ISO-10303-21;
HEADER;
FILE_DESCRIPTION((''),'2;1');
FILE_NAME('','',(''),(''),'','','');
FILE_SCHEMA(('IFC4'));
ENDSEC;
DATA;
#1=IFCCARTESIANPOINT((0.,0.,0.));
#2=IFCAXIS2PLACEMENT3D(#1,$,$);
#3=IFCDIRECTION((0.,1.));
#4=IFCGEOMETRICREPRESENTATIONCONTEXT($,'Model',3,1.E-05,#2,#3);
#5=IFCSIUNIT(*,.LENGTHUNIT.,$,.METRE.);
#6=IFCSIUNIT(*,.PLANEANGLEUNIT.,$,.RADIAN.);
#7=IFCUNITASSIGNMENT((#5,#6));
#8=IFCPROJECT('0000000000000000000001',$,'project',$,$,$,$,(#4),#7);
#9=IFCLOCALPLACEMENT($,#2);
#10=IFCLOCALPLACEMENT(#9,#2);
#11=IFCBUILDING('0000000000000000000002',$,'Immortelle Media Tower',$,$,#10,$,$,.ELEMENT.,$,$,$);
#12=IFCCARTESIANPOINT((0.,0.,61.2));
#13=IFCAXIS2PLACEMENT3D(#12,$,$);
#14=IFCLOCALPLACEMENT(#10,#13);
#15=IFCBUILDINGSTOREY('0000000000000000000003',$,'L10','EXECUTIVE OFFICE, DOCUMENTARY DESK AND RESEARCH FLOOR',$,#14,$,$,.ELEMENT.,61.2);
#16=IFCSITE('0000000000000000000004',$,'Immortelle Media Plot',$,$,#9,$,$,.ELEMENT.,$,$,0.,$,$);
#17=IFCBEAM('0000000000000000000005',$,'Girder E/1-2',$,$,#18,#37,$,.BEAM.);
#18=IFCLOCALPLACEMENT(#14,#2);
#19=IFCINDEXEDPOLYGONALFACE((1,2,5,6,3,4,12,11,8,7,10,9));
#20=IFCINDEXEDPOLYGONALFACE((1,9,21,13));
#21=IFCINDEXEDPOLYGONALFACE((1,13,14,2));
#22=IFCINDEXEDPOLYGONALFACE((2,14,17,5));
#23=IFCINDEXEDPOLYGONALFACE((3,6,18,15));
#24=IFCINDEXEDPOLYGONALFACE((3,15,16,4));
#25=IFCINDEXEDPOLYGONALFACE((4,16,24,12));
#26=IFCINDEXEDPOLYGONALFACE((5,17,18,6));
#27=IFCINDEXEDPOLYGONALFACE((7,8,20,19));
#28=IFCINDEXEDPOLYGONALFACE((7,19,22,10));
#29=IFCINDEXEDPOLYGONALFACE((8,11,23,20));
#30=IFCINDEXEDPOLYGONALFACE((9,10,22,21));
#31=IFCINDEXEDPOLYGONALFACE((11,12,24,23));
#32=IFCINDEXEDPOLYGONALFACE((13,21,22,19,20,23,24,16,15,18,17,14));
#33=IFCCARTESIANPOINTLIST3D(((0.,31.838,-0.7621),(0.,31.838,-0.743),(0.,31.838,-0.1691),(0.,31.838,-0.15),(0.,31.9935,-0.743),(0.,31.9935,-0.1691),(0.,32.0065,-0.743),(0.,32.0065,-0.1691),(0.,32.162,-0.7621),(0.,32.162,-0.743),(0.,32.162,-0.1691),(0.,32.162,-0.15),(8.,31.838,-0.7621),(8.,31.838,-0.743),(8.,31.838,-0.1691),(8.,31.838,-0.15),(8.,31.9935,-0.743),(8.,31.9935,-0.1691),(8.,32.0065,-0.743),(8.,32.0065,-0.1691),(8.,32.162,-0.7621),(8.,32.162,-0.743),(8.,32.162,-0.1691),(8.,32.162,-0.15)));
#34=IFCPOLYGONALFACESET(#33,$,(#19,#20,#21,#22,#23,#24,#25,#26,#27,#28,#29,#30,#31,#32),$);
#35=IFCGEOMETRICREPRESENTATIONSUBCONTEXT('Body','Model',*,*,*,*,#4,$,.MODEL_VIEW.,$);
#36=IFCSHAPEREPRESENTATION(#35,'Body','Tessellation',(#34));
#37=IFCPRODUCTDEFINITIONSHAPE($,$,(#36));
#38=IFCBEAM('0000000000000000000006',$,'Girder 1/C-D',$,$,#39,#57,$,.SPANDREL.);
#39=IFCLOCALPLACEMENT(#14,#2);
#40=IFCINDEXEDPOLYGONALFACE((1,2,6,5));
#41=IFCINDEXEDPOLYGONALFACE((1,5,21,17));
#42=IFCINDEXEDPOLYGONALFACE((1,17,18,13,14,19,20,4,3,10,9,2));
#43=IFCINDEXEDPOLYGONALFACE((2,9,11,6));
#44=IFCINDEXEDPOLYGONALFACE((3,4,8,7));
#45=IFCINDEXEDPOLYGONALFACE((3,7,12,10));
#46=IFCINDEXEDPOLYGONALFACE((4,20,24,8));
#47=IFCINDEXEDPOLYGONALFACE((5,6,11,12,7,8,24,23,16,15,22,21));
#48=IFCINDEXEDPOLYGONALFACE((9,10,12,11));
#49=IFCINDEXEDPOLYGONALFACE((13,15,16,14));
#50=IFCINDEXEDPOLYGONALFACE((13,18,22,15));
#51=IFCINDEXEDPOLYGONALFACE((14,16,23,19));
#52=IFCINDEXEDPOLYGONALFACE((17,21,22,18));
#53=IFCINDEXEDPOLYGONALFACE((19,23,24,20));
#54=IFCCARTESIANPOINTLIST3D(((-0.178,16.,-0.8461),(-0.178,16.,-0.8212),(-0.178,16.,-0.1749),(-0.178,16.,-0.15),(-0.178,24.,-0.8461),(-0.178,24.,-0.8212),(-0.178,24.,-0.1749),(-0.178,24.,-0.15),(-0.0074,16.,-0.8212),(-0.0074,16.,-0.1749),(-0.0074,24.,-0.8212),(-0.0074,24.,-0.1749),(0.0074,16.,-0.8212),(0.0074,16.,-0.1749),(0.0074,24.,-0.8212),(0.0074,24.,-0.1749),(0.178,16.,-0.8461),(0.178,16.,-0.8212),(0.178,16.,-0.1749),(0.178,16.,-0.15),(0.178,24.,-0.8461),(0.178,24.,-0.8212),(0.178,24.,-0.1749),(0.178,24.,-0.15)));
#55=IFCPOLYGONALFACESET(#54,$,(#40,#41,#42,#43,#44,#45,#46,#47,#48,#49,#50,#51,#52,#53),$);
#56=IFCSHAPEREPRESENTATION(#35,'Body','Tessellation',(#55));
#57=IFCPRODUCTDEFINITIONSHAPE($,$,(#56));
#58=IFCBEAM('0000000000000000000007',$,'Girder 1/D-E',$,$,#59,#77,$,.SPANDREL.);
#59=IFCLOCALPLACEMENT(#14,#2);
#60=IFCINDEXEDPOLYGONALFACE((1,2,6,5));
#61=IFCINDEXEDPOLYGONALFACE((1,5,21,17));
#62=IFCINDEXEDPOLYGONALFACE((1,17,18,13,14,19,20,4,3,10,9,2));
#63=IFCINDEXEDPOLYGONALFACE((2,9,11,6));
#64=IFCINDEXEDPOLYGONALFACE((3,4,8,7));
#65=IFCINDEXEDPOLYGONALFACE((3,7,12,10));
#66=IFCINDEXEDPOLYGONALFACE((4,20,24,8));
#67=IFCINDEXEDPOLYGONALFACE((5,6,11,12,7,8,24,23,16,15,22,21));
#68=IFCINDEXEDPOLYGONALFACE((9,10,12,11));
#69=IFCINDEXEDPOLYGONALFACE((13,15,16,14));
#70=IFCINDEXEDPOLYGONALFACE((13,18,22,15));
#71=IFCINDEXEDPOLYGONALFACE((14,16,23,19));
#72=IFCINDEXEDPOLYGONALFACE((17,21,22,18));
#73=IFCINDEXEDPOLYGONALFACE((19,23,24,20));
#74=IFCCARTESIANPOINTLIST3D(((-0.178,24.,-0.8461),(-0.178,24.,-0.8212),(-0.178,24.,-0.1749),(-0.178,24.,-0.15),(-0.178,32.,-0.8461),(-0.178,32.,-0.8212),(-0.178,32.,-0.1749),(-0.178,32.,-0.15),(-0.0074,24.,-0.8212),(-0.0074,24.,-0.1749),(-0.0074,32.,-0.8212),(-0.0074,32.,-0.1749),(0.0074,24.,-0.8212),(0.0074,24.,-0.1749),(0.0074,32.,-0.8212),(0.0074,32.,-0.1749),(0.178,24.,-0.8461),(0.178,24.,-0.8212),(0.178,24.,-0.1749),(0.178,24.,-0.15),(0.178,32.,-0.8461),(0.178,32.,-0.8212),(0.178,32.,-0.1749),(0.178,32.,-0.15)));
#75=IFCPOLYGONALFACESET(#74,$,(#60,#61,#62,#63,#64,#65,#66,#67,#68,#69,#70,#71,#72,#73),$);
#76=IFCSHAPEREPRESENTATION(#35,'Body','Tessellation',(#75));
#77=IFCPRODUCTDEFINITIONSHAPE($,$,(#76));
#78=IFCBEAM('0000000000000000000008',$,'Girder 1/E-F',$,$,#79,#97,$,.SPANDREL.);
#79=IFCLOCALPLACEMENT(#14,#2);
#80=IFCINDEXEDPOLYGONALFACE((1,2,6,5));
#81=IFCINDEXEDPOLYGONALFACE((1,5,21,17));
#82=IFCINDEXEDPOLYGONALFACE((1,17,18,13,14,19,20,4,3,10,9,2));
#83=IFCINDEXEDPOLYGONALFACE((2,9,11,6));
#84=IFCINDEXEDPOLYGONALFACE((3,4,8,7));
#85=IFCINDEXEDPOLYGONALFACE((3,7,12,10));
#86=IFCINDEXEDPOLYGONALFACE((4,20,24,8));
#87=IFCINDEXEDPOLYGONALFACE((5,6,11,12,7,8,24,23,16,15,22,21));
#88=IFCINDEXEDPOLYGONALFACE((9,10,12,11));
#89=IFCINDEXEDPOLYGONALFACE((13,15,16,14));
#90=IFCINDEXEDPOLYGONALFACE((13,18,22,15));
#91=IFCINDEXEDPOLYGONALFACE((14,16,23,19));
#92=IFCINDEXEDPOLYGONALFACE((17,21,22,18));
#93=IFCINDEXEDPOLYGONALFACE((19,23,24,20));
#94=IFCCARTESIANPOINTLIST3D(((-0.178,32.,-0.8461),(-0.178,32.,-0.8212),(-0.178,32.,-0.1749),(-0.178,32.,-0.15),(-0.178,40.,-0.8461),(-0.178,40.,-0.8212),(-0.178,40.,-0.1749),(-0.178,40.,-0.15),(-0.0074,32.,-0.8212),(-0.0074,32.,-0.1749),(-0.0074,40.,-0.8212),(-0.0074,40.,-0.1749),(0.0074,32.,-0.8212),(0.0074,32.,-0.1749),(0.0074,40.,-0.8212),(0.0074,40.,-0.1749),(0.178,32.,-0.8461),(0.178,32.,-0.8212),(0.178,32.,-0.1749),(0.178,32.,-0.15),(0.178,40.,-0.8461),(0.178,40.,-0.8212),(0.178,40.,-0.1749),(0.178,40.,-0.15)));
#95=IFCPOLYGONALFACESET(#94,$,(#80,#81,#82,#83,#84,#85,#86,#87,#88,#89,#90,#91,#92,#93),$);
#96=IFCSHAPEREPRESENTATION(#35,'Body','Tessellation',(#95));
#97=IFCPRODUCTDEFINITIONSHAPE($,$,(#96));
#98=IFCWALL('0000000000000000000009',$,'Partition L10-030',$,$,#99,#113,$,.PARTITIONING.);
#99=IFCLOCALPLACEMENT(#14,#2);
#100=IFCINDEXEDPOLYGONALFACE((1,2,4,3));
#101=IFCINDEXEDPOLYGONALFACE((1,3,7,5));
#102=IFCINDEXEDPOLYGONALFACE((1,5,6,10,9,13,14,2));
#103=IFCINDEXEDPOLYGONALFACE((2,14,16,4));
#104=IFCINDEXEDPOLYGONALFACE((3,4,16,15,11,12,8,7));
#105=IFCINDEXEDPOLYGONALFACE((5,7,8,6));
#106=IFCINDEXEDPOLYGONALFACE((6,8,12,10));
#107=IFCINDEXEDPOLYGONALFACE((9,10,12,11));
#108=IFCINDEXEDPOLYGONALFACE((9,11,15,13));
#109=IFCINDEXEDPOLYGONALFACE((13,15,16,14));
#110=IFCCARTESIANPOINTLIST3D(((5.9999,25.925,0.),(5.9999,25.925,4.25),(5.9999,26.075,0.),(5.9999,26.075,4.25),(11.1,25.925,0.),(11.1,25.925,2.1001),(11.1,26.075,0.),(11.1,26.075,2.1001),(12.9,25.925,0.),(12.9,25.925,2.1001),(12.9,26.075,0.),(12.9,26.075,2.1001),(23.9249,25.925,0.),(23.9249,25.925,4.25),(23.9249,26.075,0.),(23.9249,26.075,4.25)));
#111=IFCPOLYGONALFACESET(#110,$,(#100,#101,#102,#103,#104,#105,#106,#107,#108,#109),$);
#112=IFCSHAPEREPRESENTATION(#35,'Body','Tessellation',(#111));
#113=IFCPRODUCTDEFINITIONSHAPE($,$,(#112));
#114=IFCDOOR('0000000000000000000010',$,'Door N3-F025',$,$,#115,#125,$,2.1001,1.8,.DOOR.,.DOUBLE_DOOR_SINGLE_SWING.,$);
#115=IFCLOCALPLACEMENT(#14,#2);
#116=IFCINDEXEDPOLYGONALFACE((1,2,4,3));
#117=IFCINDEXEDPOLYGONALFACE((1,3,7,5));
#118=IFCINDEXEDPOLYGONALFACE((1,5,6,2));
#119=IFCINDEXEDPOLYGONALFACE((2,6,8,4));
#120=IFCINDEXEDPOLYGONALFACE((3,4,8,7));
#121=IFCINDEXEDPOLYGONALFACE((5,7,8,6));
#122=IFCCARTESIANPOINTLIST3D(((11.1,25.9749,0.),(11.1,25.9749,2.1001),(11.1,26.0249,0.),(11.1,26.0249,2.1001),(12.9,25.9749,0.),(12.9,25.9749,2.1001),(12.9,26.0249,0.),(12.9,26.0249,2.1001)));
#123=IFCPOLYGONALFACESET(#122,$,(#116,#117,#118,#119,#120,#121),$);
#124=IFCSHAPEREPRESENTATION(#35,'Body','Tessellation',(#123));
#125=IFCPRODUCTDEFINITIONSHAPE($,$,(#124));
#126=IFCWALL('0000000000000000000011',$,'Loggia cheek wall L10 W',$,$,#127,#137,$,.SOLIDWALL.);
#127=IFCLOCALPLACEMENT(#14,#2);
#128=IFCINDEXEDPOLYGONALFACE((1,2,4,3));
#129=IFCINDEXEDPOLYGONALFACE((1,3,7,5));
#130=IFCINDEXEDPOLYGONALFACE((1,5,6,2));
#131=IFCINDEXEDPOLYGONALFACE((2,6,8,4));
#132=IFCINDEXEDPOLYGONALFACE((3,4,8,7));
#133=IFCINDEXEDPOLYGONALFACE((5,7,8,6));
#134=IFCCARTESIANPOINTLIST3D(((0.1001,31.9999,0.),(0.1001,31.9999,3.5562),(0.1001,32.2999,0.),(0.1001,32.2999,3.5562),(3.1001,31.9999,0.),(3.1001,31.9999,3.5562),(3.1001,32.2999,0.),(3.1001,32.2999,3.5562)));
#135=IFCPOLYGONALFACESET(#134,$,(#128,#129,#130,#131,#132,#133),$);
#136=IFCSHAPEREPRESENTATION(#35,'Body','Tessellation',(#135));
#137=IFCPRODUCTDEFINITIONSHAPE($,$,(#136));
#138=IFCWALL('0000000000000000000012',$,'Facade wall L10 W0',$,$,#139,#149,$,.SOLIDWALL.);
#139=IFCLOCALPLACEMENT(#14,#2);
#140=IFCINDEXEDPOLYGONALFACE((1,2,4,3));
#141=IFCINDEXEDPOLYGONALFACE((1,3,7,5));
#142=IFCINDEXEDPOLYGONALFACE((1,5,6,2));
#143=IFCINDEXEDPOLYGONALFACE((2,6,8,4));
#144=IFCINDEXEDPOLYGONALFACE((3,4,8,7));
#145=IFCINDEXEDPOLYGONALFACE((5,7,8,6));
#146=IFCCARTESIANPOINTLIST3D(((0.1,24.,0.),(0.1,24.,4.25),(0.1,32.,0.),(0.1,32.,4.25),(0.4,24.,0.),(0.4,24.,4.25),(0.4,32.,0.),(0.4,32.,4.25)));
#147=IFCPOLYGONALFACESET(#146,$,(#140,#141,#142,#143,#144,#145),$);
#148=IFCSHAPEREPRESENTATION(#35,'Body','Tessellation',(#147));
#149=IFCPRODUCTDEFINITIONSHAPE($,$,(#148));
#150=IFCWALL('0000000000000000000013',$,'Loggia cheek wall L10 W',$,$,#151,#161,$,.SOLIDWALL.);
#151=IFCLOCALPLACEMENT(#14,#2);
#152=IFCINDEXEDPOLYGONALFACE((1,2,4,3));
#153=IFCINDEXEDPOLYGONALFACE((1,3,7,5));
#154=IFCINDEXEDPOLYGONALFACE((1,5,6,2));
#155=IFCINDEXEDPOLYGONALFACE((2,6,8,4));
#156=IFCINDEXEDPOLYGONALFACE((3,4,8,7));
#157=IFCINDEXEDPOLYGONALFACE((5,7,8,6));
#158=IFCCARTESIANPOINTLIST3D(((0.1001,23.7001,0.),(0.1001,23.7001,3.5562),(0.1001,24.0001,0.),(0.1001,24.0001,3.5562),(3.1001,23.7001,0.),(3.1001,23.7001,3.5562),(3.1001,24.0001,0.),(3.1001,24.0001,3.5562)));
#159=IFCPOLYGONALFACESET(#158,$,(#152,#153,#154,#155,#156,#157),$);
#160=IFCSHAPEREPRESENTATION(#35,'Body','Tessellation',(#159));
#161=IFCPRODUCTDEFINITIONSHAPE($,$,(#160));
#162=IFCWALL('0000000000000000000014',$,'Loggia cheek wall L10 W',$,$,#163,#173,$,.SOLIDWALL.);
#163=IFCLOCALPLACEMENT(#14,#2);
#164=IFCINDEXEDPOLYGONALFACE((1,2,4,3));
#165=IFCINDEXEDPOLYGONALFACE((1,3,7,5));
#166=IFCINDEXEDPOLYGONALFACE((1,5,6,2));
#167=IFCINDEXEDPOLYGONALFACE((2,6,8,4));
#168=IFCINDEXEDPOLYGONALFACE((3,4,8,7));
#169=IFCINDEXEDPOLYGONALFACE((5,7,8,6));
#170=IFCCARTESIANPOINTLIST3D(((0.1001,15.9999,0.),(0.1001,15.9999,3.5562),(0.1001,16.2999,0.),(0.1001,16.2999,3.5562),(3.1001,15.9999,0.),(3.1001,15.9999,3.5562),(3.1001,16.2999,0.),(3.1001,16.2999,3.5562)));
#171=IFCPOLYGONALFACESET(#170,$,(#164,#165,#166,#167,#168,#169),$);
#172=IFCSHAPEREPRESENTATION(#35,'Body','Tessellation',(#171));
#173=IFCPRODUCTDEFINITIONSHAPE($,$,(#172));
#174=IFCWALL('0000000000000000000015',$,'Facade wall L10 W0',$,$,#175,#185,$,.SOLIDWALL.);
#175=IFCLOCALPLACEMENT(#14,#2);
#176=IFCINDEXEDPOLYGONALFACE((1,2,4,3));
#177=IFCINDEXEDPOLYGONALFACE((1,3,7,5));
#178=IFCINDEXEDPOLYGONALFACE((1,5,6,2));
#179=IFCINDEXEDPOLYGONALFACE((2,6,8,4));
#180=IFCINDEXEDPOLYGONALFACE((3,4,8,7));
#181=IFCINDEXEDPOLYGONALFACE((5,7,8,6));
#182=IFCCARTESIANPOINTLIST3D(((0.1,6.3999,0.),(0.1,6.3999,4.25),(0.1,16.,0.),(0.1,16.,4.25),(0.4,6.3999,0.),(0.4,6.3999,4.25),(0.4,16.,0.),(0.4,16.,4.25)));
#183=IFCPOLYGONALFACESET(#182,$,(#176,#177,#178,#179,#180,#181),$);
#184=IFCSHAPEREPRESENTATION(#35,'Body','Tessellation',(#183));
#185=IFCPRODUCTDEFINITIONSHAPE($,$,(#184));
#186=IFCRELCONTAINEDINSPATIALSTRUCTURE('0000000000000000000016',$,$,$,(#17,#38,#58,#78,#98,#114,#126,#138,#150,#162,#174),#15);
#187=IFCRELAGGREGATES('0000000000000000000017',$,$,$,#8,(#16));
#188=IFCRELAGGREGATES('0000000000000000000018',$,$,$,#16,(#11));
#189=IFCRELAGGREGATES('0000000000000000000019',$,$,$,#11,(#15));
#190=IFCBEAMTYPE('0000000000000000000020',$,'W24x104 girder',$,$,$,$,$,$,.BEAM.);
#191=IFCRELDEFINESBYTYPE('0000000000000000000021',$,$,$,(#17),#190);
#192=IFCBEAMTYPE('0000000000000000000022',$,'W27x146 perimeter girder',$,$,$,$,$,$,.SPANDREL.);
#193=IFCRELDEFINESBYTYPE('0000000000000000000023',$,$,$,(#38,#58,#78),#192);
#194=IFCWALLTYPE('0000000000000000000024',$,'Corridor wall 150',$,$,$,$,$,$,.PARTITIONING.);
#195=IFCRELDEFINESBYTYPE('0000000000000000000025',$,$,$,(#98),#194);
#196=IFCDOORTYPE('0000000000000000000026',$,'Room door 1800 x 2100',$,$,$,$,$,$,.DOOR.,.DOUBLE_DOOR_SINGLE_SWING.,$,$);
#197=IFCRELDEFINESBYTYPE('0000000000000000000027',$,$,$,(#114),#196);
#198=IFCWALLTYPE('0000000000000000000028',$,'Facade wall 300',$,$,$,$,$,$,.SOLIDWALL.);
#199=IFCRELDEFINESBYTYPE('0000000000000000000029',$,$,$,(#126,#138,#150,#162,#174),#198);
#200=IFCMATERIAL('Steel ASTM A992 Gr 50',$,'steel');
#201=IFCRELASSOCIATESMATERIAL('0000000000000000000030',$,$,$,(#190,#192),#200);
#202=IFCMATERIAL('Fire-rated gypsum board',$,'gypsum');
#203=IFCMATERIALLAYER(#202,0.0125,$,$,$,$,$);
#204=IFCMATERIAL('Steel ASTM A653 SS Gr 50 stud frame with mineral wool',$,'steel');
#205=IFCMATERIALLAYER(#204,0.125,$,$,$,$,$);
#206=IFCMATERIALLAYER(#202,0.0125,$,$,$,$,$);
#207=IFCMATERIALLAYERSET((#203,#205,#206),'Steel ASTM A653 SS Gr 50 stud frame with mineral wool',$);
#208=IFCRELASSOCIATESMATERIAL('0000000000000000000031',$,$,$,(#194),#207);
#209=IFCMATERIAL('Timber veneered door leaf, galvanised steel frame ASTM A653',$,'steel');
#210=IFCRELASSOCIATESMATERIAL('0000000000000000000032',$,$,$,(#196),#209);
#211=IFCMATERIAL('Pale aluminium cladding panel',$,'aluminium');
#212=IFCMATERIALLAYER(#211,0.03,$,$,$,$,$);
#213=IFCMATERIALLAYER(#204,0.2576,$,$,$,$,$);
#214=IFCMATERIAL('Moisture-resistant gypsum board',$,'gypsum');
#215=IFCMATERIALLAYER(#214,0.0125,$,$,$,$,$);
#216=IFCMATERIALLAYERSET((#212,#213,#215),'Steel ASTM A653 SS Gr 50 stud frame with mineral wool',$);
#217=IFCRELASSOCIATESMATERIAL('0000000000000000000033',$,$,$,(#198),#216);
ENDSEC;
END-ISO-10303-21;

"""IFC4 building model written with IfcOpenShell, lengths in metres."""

from ifc_helpers import new_model, si_unit, direction, frame, frame_2d, origin, origin_2d, place, context, subcontext, project, spatial, rectangle, i_section, extrude, material, layer, layer_set, material_profile, profile_set, type_object, element, fill, save


model = new_model("IFC4")

# Units and contexts
model_context = context("Model", 3, precision=1e-05, world=origin(), true_north=direction((0.0, 1.0)))
body_context = subcontext(model_context, "Body", "Model", "MODEL_VIEW")
ifc_project = project(units=[si_unit("LENGTHUNIT", "METRE"), si_unit("PLANEANGLEUNIT", "RADIAN")], contexts=[model_context])

# Site, building, storey
site_placement = place(None, origin())
site = spatial("IfcSite", under=ifc_project, at=site_placement, Name="Immortelle Media Plot", CompositionType="ELEMENT", RefElevation=0.0)
building_placement = place(site_placement, origin())
building = spatial("IfcBuilding", under=site, at=building_placement, Name="Immortelle Media Tower", CompositionType="ELEMENT")
storey_placement = place(building_placement, frame((0.0, 0.0, 61.2)))
storey = spatial("IfcBuildingStorey", under=building, at=storey_placement, Name="L10", Description="EXECUTIVE OFFICE, DOCUMENTARY DESK AND RESEARCH FLOOR", CompositionType="ELEMENT", Elevation=61.2)

# Shared definitions
ifc_material_1 = material(Name="Steel ASTM A992 Gr 50", Category="steel")

# Beams
ifc_material_profile_1 = material_profile(ifc_material_1, i_section(OverallWidth=0.324, OverallDepth=0.6121, WebThickness=0.0129, FlangeThickness=0.019, at=origin_2d()), Name="W24x104")
ifc_profile_set_1 = profile_set([ifc_material_profile_1], Name="Steel ASTM A992 Gr 50")
beam_type_1 = type_object("IfcBeamType", Name="W24x104 girder", PredefinedType="BEAM", material=ifc_profile_set_1)
for number, where, z_axis, x_axis, name in (
    (1, (0.0, 32.0, -0.4561), (1.0, 0.0, 0.0), (0.0, 1.0, 0.0), "Girder E/1-2"),
):
    element("IfcBeam", number, at=place(storey_placement, frame(where, z_axis=z_axis, x_axis=x_axis)), inside=storey, type_object=beam_type_1, Name=name, PredefinedType="BEAM", context=body_context, shape_type="SweptSolid", body=[
        extrude(i_section(OverallWidth=0.324, OverallDepth=0.6121, WebThickness=0.0129, FlangeThickness=0.019, at=origin_2d()), origin(), (0.0, 0.0, 1.0), 8.0),
    ])
ifc_material_profile_2 = material_profile(ifc_material_1, i_section(OverallWidth=0.356, OverallDepth=0.696, WebThickness=0.0149, FlangeThickness=0.0249, at=origin_2d()), Name="W27x146")
ifc_profile_set_2 = profile_set([ifc_material_profile_2], Name="Steel ASTM A992 Gr 50")
beam_type_2 = type_object("IfcBeamType", Name="W27x146 perimeter girder", PredefinedType="SPANDREL", material=ifc_profile_set_2)
for number, where, z_axis, x_axis, name in (
    (2, (0.0, 16.0, -0.498), (0.0, 1.0, 0.0), (-1.0, 0.0, 0.0), "Girder 1/C-D"),
    (3, (0.0, 24.0, -0.498), (0.0, 1.0, 0.0), (-1.0, 0.0, 0.0), "Girder 1/D-E"),
    (4, (0.0, 32.0, -0.498), (0.0, 1.0, 0.0), (-1.0, 0.0, 0.0), "Girder 1/E-F"),
):
    element("IfcBeam", number, at=place(storey_placement, frame(where, z_axis=z_axis, x_axis=x_axis)), inside=storey, type_object=beam_type_2, Name=name, PredefinedType="SPANDREL", context=body_context, shape_type="SweptSolid", body=[
        extrude(i_section(OverallWidth=0.356, OverallDepth=0.696, WebThickness=0.0149, FlangeThickness=0.0249, at=origin_2d()), origin(), (0.0, 0.0, 1.0), 8.0),
    ])

# Wall, opening, door
ifc_material_2 = material(Name="Fire-rated gypsum board", Category="gypsum")
ifc_layer_1 = layer(ifc_material_2, 0.0125)
ifc_material_3 = material(Name="Steel ASTM A653 SS Gr 50 stud frame with mineral wool", Category="steel")
ifc_layer_2 = layer(ifc_material_3, 0.125)
ifc_layer_3 = layer(ifc_material_2, 0.0125)
ifc_layer_set_1 = layer_set([ifc_layer_1, ifc_layer_2, ifc_layer_3], Name="Steel ASTM A653 SS Gr 50 stud frame with mineral wool")
wall_type_1 = type_object("IfcWallType", Name="Corridor wall 150", PredefinedType="PARTITIONING", material=ifc_layer_set_1)
wall_1_placement = place(storey_placement, frame((6.0, 26.0, 0.0), z_axis=(0.0, 0.0, 1.0), x_axis=(1.0, 0.0, 0.0)))
wall_1 = element("IfcWall", 5, at=wall_1_placement, inside=storey, type_object=wall_type_1, Name="Partition L10-030", PredefinedType="PARTITIONING", context=body_context, shape_type="SweptSolid", body=[
    extrude(rectangle(XDim=17.925, YDim=0.1499, at=frame_2d((8.9624, 0.0))), origin(), (0.0, 0.0, 1.0), 4.25),
])
opening_1_placement = place(wall_1_placement, frame((5.1001, 0.0, 0.0)))
opening_1 = element("IfcOpeningElement", 6, at=opening_1_placement, cuts=wall_1, PredefinedType="OPENING", context=body_context, shape_type="SweptSolid", body=[
    extrude(rectangle(XDim=1.8, YDim=2.1001, at=frame_2d((0.8999, 1.05))), frame((0.0, 0.085, 0.0), z_axis=(0.0, -1.0, 0.0), x_axis=(1.0, 0.0, 0.0)), (0.0, 0.0, 1.0), 0.1699),
])
ifc_material_4 = material(Name="Timber veneered door leaf, galvanised steel frame ASTM A653", Category="steel")
door_type_1 = type_object("IfcDoorType", Name="Room door 1800 x 2100", OperationType="DOUBLE_DOOR_SINGLE_SWING", PredefinedType="DOOR", material=ifc_material_4)
door_1_placement = place(opening_1_placement, origin())
door_1 = element("IfcDoor", 7, at=door_1_placement, inside=storey, type_object=door_type_1, Name="Door N3-F025", OperationType="DOUBLE_DOOR_SINGLE_SWING", OverallHeight=2.1001, OverallWidth=1.8, PredefinedType="DOOR", context=body_context, shape_type="SweptSolid", body=[
    extrude(rectangle(XDim=1.8, YDim=2.1001, at=frame_2d((0.8999, 1.05))), frame((0.0, 0.0249, 0.0), z_axis=(0.0, -1.0, 0.0), x_axis=(1.0, 0.0, 0.0)), (0.0, 0.0, 1.0), 0.05),
])
fill(opening_1, door_1)

# Walls
ifc_material_5 = material(Name="Pale aluminium cladding panel", Category="aluminium")
ifc_layer_4 = layer(ifc_material_5, 0.03)
ifc_layer_5 = layer(ifc_material_3, 0.2576)
ifc_material_6 = material(Name="Moisture-resistant gypsum board", Category="gypsum")
ifc_layer_6 = layer(ifc_material_6, 0.0125)
ifc_layer_set_2 = layer_set([ifc_layer_4, ifc_layer_5, ifc_layer_6], Name="Steel ASTM A653 SS Gr 50 stud frame with mineral wool")
wall_type_2 = type_object("IfcWallType", Name="Facade wall 300", PredefinedType="SOLIDWALL", material=ifc_layer_set_2)
wall_2_placement = place(storey_placement, frame((0.1001, 32.1499, 0.0), z_axis=(0.0, 0.0, 1.0), x_axis=(1.0, 0.0, 0.0)))
element("IfcWall", 8, at=wall_2_placement, inside=storey, type_object=wall_type_2, Name="Loggia cheek wall L10 W", PredefinedType="SOLIDWALL", context=body_context, shape_type="SweptSolid", body=[
    extrude(rectangle(XDim=3.0, YDim=0.3, at=frame_2d((1.5, 0.0))), origin(), (0.0, 0.0, 1.0), 3.5562),
])
wall_3_placement = place(storey_placement, frame((0.25, 32.0, 0.0), z_axis=(0.0, 0.0, 1.0), x_axis=(0.0, -1.0, 0.0)))
element("IfcWall", 9, at=wall_3_placement, inside=storey, type_object=wall_type_2, Name="Facade wall L10 W0", PredefinedType="SOLIDWALL", context=body_context, shape_type="SweptSolid", body=[
    extrude(rectangle(XDim=8.0, YDim=0.3, at=frame_2d((4.0, 0.0))), origin(), (0.0, 0.0, 1.0), 4.25),
])

# Walls
for number, where, z_axis, x_axis, name in (
    (10, (0.1001, 23.8501, 0.0), (0.0, 0.0, 1.0), (1.0, 0.0, 0.0), "Loggia cheek wall L10 W"),
    (11, (0.1001, 16.1499, 0.0), (0.0, 0.0, 1.0), (1.0, 0.0, 0.0), "Loggia cheek wall L10 W"),
):
    element("IfcWall", number, at=place(storey_placement, frame(where, z_axis=z_axis, x_axis=x_axis)), inside=storey, type_object=wall_type_2, Name=name, PredefinedType="SOLIDWALL", context=body_context, shape_type="SweptSolid", body=[
        extrude(rectangle(XDim=3.0, YDim=0.3, at=frame_2d((1.5, 0.0))), origin(), (0.0, 0.0, 1.0), 3.5562),
    ])
wall_4_placement = place(storey_placement, frame((0.25, 16.0, 0.0), z_axis=(0.0, 0.0, 1.0), x_axis=(0.0, -1.0, 0.0)))
element("IfcWall", 12, at=wall_4_placement, inside=storey, type_object=wall_type_2, Name="Facade wall L10 W0", PredefinedType="SOLIDWALL", context=body_context, shape_type="SweptSolid", body=[
    extrude(rectangle(XDim=9.6001, YDim=0.3, at=frame_2d((4.8, 0.0))), origin(), (0.0, 0.0, 1.0), 4.25),
])

save(model, "model.ifc")
